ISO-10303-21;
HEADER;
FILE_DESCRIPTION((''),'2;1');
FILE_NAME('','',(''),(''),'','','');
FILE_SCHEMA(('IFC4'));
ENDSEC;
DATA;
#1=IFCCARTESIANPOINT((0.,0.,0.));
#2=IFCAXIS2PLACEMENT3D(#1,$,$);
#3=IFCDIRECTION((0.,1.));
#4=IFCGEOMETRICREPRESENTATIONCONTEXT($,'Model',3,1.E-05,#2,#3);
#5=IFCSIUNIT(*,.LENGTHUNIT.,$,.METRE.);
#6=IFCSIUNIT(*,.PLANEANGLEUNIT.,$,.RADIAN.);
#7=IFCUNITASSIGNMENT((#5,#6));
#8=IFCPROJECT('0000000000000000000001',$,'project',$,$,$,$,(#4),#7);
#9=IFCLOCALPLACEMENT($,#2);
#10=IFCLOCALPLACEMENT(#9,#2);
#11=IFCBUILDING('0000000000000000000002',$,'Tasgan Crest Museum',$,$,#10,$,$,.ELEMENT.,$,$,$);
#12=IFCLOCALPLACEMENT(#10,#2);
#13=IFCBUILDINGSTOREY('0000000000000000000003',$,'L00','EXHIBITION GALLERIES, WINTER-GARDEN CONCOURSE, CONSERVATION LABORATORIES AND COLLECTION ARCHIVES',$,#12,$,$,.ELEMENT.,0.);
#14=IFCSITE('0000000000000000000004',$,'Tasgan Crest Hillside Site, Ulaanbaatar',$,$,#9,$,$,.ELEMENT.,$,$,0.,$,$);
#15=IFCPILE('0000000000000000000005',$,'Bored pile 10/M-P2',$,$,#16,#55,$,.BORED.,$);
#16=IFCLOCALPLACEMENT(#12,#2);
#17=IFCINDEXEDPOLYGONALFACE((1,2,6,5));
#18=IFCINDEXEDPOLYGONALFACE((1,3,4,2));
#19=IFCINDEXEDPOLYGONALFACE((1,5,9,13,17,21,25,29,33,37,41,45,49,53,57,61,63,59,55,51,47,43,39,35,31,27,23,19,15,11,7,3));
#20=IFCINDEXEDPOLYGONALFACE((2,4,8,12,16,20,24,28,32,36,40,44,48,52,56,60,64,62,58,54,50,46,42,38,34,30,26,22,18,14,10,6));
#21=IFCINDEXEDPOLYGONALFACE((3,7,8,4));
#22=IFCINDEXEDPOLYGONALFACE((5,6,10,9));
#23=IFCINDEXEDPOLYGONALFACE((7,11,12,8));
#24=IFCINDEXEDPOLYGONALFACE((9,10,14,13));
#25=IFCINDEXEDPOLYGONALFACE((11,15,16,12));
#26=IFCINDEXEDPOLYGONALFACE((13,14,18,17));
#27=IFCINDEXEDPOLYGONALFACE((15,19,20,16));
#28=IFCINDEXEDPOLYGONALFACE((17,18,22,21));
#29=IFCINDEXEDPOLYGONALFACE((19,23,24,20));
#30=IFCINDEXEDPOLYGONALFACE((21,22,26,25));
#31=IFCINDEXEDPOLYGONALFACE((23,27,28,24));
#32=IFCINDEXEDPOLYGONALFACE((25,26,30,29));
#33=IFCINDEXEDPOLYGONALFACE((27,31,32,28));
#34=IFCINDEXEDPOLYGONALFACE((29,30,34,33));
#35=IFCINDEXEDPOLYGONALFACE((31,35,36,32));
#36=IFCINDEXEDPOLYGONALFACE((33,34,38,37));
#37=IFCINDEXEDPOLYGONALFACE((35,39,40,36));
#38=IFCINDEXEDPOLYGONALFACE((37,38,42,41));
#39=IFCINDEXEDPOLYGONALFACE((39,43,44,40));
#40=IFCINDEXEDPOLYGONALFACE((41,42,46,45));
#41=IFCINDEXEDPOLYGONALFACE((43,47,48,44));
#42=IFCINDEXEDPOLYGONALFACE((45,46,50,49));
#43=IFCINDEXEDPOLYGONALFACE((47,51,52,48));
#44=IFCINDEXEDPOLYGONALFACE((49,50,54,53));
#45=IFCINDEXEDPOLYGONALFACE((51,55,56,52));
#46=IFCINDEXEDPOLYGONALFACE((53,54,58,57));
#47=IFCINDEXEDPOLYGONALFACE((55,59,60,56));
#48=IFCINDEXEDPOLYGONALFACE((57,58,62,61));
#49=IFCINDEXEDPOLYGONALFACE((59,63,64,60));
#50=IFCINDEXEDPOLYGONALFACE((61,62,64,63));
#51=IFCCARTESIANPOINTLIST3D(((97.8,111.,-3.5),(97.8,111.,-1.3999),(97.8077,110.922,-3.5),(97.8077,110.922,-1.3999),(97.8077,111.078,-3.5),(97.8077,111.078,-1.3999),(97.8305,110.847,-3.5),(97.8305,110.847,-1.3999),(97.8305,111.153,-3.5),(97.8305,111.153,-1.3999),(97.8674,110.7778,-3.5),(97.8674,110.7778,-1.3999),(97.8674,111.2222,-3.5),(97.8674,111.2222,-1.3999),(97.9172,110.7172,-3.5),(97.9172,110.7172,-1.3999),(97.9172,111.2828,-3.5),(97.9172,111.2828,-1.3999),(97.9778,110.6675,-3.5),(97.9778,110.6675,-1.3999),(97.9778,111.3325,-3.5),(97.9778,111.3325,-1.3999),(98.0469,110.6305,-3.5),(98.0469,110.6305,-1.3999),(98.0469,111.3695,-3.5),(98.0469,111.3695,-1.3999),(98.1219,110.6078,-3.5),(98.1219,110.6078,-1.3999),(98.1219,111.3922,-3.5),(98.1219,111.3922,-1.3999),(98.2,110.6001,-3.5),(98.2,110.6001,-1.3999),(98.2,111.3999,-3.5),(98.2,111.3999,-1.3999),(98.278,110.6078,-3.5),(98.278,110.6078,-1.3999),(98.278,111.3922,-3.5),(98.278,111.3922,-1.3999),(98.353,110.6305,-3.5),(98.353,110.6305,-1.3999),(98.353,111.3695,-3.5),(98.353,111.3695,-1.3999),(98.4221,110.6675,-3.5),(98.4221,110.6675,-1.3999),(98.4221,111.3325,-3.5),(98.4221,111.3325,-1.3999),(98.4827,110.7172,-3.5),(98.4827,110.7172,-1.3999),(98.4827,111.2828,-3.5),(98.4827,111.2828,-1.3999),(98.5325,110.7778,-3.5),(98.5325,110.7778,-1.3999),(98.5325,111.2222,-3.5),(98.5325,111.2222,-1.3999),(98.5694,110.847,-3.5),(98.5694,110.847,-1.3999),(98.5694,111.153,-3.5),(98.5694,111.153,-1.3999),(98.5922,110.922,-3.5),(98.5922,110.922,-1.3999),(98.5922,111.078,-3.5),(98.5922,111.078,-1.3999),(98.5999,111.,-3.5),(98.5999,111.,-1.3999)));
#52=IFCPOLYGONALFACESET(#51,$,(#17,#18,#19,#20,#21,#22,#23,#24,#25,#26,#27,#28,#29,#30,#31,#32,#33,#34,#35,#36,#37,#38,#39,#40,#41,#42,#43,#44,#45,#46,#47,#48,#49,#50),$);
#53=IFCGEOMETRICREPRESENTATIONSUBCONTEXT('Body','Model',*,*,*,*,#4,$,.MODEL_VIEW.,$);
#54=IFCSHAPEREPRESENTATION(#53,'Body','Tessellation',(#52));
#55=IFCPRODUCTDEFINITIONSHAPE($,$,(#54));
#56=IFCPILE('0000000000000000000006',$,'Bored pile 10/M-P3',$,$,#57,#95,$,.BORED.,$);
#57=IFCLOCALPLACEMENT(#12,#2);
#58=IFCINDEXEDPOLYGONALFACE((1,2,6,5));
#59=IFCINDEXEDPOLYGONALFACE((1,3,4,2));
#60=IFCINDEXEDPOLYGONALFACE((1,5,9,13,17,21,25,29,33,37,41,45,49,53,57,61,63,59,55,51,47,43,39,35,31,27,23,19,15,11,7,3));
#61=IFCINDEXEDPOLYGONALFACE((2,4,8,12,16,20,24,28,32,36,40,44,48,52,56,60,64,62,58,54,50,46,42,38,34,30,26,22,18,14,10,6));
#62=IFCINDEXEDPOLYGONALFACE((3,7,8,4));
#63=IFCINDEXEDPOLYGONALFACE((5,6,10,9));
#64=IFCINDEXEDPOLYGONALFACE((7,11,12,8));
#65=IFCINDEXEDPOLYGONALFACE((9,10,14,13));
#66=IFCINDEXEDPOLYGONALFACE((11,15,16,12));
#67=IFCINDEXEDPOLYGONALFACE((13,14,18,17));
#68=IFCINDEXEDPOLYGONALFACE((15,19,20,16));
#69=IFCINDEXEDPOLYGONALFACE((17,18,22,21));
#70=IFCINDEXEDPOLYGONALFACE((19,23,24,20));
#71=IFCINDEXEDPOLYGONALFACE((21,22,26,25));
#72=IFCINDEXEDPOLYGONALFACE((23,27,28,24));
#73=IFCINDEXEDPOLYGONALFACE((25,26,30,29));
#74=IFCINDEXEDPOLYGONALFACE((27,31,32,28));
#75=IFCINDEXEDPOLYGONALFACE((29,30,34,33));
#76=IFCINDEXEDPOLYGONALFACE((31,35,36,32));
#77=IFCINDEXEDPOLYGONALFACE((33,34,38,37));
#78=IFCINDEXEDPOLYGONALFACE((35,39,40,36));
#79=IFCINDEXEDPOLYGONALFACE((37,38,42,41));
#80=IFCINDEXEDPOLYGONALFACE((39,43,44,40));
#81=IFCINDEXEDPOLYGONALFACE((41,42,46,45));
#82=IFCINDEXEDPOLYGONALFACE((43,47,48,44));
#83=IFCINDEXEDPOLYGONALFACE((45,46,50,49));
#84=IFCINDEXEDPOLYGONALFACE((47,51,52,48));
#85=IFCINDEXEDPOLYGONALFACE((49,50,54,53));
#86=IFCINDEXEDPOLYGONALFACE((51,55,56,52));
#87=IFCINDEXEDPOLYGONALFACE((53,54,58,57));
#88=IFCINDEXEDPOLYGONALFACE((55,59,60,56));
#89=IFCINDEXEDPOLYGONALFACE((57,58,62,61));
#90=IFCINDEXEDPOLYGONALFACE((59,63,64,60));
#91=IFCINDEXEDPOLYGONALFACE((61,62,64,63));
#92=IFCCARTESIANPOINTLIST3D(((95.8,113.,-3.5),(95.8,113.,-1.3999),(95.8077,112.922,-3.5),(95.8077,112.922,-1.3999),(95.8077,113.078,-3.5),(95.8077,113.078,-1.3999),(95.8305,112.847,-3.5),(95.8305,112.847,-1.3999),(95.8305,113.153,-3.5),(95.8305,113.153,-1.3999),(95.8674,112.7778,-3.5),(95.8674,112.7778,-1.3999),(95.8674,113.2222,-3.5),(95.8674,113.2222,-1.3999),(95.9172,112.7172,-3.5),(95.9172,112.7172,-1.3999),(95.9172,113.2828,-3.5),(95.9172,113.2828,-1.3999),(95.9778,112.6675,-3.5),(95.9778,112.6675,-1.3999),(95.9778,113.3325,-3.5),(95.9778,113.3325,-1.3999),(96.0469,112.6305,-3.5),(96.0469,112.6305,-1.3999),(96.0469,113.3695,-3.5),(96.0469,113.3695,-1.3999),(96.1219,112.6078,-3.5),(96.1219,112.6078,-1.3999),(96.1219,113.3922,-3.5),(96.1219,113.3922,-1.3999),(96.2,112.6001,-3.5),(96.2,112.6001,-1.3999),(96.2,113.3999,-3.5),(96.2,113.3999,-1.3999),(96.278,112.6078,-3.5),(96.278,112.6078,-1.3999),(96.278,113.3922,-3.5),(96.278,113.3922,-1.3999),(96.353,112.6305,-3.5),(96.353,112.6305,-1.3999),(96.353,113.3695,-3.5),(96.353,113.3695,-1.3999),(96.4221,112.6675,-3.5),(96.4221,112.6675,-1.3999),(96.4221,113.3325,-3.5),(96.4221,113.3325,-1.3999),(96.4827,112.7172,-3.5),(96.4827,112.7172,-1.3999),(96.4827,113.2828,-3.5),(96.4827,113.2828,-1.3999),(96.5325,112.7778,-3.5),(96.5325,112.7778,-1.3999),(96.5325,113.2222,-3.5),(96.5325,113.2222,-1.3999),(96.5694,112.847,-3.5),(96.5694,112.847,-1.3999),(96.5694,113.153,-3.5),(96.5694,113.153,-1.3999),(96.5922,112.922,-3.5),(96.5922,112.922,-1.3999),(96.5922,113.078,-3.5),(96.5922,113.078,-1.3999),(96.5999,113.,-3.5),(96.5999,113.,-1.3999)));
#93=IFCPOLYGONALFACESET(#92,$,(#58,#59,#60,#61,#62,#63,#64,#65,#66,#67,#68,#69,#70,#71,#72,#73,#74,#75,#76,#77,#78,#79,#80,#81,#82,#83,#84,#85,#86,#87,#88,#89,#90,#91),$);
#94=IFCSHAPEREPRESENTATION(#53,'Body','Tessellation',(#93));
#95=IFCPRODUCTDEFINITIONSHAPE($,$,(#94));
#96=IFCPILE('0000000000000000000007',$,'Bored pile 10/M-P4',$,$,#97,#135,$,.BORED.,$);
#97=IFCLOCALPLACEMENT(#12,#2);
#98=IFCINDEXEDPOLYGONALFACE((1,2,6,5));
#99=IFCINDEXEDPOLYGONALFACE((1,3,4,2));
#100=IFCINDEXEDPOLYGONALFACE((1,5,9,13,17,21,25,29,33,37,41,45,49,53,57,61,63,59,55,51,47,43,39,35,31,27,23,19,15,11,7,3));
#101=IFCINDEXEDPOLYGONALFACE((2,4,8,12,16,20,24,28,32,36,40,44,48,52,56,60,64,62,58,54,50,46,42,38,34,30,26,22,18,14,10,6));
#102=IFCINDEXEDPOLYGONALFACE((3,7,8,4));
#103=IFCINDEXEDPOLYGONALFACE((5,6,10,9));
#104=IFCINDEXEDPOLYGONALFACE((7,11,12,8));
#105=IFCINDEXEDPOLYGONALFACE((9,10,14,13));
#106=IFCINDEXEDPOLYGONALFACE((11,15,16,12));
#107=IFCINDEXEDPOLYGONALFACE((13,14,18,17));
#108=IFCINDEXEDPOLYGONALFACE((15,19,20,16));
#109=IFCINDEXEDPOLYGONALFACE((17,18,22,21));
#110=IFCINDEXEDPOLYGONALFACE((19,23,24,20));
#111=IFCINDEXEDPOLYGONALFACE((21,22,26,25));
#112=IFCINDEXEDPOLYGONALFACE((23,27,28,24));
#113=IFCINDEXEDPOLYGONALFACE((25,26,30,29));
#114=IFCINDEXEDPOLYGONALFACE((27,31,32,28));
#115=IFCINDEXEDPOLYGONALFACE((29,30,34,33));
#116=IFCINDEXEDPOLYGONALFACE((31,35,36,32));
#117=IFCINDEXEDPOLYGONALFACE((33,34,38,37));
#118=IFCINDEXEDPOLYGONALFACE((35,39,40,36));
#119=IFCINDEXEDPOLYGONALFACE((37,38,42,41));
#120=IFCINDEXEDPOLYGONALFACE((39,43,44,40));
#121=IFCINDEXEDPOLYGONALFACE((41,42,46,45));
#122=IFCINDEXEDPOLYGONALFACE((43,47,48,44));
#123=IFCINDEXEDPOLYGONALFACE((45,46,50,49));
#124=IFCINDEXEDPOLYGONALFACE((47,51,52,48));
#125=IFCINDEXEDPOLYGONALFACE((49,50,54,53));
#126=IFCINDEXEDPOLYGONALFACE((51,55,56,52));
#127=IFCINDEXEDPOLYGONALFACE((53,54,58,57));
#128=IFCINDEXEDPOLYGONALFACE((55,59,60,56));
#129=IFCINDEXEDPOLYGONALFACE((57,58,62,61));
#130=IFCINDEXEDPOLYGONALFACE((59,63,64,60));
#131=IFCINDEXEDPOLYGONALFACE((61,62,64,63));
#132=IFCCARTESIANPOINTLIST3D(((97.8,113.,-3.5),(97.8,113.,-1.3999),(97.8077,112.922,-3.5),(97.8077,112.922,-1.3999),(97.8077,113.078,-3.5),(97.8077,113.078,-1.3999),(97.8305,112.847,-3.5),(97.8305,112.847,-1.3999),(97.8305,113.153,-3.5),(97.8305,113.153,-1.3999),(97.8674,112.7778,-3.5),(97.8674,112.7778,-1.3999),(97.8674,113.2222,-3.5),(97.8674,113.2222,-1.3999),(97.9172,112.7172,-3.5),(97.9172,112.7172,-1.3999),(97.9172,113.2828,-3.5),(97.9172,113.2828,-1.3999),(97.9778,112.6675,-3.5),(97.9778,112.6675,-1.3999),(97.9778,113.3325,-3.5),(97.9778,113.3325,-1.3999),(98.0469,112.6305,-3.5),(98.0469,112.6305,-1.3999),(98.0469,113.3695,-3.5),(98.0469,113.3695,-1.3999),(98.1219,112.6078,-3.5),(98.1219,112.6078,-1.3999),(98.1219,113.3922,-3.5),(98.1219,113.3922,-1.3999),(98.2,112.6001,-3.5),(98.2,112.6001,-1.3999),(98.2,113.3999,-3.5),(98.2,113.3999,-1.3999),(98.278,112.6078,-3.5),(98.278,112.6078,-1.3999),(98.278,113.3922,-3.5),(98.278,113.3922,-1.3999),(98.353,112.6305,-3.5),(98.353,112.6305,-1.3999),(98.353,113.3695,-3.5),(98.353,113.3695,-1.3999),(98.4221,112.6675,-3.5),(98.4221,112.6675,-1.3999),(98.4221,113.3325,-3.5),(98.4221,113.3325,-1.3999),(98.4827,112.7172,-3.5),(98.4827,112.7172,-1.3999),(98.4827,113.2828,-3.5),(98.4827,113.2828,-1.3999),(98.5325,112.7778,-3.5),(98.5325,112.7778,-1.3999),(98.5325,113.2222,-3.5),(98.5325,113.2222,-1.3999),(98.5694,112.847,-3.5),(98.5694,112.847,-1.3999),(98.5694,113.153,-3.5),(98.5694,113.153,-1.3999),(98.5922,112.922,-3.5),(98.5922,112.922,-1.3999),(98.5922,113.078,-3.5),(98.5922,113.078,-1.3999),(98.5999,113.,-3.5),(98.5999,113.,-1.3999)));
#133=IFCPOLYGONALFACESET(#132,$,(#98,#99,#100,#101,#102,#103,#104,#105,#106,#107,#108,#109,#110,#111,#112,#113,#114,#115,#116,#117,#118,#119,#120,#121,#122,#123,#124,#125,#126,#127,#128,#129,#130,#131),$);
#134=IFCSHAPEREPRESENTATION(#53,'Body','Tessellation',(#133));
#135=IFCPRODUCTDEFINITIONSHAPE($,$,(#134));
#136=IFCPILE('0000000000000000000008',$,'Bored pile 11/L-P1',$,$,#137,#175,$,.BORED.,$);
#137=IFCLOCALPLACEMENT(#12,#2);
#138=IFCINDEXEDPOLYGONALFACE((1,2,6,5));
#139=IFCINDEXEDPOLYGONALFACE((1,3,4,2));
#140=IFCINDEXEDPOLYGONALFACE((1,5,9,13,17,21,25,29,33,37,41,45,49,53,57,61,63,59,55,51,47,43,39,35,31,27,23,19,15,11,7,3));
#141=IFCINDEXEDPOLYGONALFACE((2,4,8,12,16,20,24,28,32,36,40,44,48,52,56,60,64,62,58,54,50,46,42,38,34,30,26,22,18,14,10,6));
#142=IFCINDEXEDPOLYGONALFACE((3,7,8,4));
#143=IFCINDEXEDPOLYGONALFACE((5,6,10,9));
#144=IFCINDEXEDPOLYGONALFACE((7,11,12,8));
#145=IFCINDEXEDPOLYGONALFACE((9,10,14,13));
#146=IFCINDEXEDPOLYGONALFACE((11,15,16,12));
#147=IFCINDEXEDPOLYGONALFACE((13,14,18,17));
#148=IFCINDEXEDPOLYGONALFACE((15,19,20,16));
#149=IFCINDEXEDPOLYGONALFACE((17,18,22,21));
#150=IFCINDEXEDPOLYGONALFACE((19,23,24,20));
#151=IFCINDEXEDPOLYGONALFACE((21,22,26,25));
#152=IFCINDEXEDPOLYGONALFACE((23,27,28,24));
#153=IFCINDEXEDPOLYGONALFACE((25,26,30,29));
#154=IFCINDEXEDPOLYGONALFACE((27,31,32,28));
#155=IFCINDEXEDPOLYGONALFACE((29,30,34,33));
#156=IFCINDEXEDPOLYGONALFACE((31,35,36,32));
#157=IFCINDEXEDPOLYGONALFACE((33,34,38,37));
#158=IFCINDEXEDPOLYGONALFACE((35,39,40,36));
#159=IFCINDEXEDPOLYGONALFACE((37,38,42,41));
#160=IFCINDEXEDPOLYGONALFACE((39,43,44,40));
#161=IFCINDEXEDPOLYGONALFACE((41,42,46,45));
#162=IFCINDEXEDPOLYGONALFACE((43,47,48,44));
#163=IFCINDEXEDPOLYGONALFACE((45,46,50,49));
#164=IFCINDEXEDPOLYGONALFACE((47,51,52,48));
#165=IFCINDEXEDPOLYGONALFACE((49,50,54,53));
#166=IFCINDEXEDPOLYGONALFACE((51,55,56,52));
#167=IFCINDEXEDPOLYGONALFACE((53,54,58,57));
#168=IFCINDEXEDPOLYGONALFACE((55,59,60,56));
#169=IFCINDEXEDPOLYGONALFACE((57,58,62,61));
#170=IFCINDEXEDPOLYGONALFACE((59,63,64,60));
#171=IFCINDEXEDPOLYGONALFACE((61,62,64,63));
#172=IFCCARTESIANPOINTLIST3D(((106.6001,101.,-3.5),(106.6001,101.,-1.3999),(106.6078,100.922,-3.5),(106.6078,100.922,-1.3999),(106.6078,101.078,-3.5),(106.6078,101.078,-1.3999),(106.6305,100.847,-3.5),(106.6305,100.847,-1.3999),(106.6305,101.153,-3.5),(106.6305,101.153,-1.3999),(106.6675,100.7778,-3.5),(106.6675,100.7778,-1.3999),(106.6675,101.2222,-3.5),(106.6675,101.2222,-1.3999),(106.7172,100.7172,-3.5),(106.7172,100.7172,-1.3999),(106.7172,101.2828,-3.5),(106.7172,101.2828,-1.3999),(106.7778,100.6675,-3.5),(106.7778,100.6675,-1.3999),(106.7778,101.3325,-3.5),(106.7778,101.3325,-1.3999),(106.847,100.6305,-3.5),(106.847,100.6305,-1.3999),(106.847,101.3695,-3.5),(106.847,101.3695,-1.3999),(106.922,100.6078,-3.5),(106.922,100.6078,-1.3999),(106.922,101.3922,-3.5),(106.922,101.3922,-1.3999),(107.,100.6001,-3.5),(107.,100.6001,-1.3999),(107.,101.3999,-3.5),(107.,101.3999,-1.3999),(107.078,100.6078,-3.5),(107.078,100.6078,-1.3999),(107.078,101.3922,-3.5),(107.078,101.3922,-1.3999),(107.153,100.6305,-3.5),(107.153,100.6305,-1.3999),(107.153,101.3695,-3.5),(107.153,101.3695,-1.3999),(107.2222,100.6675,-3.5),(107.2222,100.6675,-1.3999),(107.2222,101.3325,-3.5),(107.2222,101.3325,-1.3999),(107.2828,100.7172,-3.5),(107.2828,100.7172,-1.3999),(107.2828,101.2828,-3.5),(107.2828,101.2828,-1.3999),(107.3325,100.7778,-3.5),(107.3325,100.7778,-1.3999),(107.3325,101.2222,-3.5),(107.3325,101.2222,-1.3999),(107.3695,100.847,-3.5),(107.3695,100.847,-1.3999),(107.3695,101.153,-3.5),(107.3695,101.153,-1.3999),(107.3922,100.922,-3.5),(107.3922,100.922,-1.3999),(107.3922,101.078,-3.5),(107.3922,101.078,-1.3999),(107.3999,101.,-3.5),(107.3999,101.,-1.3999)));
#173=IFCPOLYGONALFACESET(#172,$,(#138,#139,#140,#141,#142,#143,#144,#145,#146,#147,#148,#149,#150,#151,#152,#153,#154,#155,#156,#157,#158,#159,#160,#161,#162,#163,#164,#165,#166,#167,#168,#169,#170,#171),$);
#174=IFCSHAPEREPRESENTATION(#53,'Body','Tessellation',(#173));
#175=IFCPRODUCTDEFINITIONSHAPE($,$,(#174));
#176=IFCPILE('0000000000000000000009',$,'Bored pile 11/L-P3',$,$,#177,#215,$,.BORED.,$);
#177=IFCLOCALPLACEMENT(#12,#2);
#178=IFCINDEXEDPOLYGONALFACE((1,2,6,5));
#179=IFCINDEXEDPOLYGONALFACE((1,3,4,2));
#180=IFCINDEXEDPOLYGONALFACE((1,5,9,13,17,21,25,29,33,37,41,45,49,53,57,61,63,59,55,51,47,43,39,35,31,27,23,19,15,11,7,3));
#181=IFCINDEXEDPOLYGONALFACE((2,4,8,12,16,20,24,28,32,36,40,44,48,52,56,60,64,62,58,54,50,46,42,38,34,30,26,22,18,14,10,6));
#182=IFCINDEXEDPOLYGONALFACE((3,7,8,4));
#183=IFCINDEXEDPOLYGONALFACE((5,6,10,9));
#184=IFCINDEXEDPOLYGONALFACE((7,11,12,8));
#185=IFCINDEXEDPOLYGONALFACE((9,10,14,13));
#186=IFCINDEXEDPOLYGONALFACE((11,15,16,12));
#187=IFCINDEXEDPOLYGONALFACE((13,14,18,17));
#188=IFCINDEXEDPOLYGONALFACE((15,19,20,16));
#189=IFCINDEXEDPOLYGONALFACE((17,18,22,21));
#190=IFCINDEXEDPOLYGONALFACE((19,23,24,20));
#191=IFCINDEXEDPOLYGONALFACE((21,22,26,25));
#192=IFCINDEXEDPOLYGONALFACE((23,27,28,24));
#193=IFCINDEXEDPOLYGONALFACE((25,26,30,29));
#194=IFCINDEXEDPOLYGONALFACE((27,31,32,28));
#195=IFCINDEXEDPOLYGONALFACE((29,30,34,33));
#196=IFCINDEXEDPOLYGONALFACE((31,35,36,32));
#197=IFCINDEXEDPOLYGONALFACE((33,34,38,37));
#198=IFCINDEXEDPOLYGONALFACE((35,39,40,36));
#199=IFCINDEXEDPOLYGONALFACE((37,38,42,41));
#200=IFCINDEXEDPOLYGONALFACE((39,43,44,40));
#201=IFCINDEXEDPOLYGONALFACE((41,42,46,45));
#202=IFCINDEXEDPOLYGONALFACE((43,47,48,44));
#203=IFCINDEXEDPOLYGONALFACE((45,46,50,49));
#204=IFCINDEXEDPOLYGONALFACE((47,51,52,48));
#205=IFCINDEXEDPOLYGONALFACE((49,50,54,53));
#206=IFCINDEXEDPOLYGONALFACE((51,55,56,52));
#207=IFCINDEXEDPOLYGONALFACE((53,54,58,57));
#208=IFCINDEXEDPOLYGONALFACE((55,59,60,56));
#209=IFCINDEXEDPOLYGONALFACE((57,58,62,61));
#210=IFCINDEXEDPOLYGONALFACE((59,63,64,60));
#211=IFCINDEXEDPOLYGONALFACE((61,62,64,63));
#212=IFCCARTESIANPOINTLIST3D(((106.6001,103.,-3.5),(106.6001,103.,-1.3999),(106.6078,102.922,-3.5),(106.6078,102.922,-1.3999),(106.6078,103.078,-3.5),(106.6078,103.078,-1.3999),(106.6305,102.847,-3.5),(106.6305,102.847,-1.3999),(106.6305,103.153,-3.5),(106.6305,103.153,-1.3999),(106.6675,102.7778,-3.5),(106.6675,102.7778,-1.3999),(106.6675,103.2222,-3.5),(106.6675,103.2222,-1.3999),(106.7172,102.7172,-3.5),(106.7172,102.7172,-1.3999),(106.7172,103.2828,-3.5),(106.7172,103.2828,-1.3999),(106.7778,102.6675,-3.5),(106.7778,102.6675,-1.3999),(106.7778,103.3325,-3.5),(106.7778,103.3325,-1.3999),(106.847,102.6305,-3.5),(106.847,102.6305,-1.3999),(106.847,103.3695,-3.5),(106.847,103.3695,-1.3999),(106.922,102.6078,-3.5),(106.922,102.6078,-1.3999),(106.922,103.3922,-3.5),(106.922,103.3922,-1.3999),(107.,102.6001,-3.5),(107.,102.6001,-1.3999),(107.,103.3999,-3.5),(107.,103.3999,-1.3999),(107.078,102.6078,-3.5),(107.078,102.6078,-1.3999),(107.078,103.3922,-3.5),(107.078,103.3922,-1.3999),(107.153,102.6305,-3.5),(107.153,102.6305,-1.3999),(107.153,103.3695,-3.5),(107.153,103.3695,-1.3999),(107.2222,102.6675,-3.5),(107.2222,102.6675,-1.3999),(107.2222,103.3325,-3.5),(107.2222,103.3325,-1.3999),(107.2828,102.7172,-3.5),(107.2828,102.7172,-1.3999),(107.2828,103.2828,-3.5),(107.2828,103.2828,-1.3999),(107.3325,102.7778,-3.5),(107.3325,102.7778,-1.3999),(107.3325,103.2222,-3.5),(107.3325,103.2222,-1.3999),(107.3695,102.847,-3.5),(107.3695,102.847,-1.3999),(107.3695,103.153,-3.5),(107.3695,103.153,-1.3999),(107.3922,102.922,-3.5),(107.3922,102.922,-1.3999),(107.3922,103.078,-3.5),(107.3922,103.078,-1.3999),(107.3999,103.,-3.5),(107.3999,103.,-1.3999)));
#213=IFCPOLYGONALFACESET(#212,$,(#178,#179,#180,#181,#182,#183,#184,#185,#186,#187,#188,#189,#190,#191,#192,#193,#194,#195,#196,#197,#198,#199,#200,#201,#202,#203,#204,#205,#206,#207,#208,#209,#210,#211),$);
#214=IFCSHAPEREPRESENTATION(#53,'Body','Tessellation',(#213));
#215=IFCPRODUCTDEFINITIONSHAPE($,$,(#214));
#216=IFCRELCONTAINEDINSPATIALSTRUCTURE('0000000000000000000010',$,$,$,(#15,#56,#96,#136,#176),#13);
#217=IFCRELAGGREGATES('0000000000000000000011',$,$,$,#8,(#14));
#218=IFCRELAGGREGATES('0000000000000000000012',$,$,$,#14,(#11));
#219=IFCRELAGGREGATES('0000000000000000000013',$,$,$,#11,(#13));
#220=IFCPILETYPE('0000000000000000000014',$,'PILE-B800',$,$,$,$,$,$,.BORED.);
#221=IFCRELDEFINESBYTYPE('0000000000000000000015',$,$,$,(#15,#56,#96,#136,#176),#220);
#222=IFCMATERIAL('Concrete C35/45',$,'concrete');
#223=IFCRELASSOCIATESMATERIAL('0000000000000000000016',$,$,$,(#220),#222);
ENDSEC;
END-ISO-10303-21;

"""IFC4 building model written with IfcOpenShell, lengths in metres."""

from ifc_helpers import new_model, si_unit, direction, frame, origin, origin_2d, place, context, subcontext, project, spatial, circle, extrude, material, material_profile, profile_set, type_object, element, save


model = new_model("IFC4")

# Units and contexts
model_context = context("Model", 3, precision=1e-05, world=origin(), true_north=direction((0.0, 1.0)))
body_context = subcontext(model_context, "Body", "Model", "MODEL_VIEW")
ifc_project = project(units=[si_unit("LENGTHUNIT", "METRE"), si_unit("PLANEANGLEUNIT", "RADIAN")], contexts=[model_context])

# Site, building, storey
site_placement = place(None, origin())
site = spatial("IfcSite", under=ifc_project, at=site_placement, Name="Tasgan Crest Hillside Site, Ulaanbaatar", CompositionType="ELEMENT", RefElevation=0.0)
building_placement = place(site_placement, origin())
building = spatial("IfcBuilding", under=site, at=building_placement, Name="Tasgan Crest Museum", CompositionType="ELEMENT")
storey_placement = place(building_placement, origin())
storey = spatial("IfcBuildingStorey", under=building, at=storey_placement, Name="L00", Description="EXHIBITION GALLERIES, WINTER-GARDEN CONCOURSE, CONSERVATION LABORATORIES AND COLLECTION ARCHIVES", CompositionType="ELEMENT", Elevation=0.0)

# Piles
ifc_material_1 = material(Name="Concrete C35/45", Category="concrete")
ifc_material_profile_1 = material_profile(ifc_material_1, circle(Radius=0.3999, at=origin_2d()), Name="PILE D800")
ifc_profile_set_1 = profile_set([ifc_material_profile_1], Name="Concrete C35/45")
pile_type_1 = type_object("IfcPileType", Name="PILE-B800", PredefinedType="BORED", material=ifc_profile_set_1)
for number, where, z_axis, x_axis, name in (
    (1, (98.2, 111.0, -1.3999), (0.0, 0.0, -1.0), (1.0, 0.0, 0.0), "Bored pile 10/M-P2"),
    (2, (96.2, 113.0, -1.3999), (0.0, 0.0, -1.0), (1.0, 0.0, 0.0), "Bored pile 10/M-P3"),
    (3, (98.2, 113.0, -1.3999), (0.0, 0.0, -1.0), (1.0, 0.0, 0.0), "Bored pile 10/M-P4"),
    (4, (107.0, 101.0, -1.3999), (0.0, 0.0, -1.0), (1.0, 0.0, 0.0), "Bored pile 11/L-P1"),
    (5, (107.0, 103.0, -1.3999), (0.0, 0.0, -1.0), (1.0, 0.0, 0.0), "Bored pile 11/L-P3"),
):
    element("IfcPile", number, at=place(storey_placement, frame(where, z_axis=z_axis, x_axis=x_axis)), inside=storey, type_object=pile_type_1, Name=name, PredefinedType="BORED", context=body_context, shape_type="SweptSolid", body=[
        extrude(circle(Radius=0.3999, at=origin_2d()), origin(), (0.0, 0.0, 1.0), 2.1001),
    ])

save(model, "model.ifc")
